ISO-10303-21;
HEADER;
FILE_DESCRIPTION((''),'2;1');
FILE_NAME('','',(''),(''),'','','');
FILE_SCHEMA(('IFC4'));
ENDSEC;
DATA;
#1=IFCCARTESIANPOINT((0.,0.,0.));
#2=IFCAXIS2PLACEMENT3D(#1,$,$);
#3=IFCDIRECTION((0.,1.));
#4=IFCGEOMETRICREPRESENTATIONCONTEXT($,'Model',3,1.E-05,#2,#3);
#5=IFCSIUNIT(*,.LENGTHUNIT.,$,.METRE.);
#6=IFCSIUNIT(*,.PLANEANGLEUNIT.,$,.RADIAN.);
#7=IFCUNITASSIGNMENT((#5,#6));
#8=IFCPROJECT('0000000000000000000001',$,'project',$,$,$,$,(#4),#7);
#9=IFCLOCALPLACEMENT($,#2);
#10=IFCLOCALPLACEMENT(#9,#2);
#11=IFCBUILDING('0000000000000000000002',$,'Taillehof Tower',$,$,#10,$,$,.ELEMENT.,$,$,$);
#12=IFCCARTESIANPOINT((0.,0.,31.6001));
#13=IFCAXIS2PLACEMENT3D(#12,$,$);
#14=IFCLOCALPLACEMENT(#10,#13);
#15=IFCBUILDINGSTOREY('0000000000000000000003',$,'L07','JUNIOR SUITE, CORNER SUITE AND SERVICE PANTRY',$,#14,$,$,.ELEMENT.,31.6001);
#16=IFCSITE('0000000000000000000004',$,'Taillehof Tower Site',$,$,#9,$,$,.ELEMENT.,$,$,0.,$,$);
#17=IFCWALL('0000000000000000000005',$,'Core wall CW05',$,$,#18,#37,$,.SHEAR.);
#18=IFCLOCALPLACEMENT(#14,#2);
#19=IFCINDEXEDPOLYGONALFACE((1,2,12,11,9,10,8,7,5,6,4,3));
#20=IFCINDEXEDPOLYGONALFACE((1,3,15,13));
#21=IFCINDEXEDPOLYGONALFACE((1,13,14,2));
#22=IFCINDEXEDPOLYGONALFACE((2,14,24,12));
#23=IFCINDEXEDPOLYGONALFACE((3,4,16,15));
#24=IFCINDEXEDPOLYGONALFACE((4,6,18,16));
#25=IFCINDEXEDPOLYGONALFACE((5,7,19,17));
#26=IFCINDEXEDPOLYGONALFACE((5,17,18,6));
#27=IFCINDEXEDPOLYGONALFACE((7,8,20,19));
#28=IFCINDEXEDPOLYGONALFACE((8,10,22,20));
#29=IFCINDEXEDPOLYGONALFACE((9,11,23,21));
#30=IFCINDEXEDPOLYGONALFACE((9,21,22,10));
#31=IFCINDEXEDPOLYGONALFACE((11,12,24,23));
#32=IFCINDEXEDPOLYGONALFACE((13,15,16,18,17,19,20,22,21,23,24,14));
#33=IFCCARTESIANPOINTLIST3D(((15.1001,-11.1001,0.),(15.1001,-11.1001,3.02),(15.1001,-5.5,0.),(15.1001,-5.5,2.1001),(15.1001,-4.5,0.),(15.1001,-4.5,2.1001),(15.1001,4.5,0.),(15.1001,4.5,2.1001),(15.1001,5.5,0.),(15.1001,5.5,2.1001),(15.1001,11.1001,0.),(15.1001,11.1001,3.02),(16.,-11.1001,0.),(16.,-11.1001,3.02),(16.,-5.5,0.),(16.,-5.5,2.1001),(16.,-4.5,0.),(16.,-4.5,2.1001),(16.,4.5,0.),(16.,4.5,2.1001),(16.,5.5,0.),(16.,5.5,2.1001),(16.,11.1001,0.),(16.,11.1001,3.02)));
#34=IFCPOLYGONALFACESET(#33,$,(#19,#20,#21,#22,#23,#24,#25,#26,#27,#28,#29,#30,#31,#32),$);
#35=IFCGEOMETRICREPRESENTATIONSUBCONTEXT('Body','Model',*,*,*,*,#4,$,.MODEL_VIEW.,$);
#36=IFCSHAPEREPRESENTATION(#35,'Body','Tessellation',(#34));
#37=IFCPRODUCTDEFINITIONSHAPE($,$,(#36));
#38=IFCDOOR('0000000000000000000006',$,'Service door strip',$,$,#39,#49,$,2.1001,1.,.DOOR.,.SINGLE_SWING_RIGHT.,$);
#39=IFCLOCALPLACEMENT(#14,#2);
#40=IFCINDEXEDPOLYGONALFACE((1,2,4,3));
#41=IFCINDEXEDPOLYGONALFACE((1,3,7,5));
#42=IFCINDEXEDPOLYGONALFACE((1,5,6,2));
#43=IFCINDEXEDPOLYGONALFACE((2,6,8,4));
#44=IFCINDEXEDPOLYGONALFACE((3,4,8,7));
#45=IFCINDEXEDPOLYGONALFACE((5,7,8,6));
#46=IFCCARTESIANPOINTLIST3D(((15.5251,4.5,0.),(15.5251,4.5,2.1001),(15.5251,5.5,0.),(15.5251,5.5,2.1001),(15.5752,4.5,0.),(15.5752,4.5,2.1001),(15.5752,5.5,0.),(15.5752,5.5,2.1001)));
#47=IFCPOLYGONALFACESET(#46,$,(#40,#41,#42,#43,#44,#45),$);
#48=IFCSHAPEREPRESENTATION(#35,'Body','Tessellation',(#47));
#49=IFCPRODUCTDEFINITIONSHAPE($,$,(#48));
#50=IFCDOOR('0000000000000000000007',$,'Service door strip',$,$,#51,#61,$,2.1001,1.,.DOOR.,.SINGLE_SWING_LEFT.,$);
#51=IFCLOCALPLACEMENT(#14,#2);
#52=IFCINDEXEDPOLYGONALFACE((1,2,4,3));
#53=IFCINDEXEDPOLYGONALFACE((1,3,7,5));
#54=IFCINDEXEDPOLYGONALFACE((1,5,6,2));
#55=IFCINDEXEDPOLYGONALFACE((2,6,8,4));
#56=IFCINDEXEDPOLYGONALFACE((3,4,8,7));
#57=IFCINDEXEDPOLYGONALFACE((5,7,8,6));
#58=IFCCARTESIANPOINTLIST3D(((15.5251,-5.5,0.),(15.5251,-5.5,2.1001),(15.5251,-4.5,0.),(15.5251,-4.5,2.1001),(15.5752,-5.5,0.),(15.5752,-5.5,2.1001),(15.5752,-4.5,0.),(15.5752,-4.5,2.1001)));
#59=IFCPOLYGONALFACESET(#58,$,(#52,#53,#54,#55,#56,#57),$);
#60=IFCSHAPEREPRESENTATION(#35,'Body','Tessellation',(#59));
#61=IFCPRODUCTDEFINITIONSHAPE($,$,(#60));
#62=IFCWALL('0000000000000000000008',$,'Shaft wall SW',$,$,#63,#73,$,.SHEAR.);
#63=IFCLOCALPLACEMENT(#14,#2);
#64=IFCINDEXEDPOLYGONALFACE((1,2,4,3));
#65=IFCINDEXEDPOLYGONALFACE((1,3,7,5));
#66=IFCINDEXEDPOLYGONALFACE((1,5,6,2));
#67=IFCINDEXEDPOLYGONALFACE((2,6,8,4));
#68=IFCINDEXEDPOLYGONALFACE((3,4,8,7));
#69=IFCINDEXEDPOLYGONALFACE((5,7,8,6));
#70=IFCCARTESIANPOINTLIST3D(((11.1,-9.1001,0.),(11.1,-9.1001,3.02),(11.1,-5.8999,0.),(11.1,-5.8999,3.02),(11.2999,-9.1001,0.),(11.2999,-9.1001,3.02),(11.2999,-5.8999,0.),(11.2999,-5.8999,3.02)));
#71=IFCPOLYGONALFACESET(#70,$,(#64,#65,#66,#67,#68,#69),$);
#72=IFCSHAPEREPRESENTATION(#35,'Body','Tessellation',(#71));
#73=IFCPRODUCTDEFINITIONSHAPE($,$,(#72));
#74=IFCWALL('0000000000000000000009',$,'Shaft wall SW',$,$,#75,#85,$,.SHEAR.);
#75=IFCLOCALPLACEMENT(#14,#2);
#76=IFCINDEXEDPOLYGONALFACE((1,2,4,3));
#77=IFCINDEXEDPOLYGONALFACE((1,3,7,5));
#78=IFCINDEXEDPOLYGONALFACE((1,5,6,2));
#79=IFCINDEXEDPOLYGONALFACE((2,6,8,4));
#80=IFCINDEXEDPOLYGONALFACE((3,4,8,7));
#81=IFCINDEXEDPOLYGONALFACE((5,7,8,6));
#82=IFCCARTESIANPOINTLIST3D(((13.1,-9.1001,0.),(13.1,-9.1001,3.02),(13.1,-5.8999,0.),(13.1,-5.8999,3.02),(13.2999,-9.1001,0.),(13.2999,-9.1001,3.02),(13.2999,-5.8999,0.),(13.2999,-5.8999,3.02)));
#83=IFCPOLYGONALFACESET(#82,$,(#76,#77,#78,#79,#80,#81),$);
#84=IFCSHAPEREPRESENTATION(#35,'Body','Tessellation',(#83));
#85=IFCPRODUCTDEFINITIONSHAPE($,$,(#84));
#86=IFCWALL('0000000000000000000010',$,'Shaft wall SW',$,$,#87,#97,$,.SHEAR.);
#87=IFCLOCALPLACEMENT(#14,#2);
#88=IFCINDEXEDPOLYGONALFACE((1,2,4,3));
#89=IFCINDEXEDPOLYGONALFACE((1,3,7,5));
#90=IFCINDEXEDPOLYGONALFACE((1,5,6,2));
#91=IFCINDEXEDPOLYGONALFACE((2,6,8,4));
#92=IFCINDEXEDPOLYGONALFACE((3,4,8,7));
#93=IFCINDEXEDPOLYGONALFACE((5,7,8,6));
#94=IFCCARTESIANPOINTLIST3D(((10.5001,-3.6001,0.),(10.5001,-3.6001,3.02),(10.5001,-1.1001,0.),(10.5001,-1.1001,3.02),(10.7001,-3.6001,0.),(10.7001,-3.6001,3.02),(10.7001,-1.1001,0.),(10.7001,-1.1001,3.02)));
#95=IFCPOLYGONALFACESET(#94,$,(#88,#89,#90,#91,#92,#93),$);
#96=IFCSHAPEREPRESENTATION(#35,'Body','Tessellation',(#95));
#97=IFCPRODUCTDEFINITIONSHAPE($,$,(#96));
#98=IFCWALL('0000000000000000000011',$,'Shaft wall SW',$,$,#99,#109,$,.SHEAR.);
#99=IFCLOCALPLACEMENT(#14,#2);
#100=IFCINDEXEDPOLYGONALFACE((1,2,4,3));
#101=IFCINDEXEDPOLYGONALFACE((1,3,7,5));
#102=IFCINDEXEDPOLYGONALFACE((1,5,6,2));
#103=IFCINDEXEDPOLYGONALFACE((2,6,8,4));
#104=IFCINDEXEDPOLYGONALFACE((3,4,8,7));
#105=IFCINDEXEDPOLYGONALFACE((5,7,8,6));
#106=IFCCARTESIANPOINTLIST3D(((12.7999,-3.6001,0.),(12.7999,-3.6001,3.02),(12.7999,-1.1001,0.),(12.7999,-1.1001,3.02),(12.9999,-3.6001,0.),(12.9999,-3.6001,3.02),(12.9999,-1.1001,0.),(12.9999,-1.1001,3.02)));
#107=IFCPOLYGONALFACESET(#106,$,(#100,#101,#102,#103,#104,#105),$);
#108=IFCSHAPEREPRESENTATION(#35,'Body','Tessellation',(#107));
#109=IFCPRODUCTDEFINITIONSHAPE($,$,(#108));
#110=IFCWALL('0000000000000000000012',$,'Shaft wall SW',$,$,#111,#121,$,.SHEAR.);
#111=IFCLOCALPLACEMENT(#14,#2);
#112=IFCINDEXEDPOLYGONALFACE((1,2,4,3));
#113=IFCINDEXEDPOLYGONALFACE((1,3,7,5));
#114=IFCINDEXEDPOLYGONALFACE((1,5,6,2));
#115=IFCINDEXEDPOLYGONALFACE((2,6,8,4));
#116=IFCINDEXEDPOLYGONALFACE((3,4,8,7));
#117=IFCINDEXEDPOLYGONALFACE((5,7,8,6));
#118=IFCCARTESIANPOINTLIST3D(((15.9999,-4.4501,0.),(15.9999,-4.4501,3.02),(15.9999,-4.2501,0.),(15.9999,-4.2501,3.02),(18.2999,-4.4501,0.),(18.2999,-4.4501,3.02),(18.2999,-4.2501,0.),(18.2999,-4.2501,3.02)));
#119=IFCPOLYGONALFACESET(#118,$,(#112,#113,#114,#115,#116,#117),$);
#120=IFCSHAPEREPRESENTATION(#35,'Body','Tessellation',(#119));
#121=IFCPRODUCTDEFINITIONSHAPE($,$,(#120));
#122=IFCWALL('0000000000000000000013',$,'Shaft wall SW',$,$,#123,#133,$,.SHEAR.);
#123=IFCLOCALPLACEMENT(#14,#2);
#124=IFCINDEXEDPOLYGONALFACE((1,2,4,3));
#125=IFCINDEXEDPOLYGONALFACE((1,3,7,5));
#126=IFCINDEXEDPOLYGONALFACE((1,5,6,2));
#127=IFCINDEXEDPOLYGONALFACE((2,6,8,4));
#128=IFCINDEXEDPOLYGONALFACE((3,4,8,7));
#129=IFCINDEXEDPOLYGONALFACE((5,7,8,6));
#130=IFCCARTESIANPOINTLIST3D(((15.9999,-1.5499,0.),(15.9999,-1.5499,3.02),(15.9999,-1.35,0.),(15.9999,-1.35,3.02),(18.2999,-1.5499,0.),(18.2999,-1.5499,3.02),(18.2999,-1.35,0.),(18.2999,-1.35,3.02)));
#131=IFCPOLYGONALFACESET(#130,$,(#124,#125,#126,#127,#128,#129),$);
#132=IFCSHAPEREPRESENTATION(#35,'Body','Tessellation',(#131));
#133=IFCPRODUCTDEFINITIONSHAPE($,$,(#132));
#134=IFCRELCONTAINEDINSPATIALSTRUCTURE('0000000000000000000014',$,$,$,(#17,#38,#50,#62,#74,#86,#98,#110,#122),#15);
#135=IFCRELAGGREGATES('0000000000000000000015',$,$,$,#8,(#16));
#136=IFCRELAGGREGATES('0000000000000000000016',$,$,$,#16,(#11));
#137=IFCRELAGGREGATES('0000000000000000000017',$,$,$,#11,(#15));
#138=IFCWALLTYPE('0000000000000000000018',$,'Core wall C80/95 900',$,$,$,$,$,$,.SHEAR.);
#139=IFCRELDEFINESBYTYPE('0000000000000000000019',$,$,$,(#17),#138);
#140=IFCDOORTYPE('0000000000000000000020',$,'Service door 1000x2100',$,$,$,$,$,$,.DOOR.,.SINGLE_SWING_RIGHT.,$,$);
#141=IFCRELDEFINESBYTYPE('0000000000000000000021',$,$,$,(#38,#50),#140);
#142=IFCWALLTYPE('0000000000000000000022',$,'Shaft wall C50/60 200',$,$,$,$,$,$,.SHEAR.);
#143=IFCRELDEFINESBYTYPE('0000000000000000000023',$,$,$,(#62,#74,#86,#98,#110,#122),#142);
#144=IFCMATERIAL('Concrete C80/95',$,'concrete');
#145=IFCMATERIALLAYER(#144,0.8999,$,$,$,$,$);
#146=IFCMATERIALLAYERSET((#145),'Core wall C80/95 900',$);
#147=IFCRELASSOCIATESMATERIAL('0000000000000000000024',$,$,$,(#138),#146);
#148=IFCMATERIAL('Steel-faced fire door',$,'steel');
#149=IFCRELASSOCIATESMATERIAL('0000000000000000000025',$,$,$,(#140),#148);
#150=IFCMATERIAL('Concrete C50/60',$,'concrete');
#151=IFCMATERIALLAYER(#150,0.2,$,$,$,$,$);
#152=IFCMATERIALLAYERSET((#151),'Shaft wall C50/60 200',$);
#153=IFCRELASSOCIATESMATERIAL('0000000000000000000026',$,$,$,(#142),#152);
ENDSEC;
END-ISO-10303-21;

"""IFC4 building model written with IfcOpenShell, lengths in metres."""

from ifc_helpers import new_model, si_unit, direction, frame, frame_2d, origin, place, context, subcontext, project, spatial, rectangle, extrude, material, layer, layer_set, type_object, element, fill, save


model = new_model("IFC4")

# Units and contexts
model_context = context("Model", 3, precision=1e-05, world=origin(), true_north=direction((0.0, 1.0)))
body_context = subcontext(model_context, "Body", "Model", "MODEL_VIEW")
ifc_project = project(units=[si_unit("LENGTHUNIT", "METRE"), si_unit("PLANEANGLEUNIT", "RADIAN")], contexts=[model_context])

# Site, building, storey
site_placement = place(None, origin())
site = spatial("IfcSite", under=ifc_project, at=site_placement, Name="Taillehof Tower Site", CompositionType="ELEMENT", RefElevation=0.0)
building_placement = place(site_placement, origin())
building = spatial("IfcBuilding", under=site, at=building_placement, Name="Taillehof Tower", CompositionType="ELEMENT")
storey_placement = place(building_placement, frame((0.0, 0.0, 31.6001)))
storey = spatial("IfcBuildingStorey", under=building, at=storey_placement, Name="L07", Description="JUNIOR SUITE, CORNER SUITE AND SERVICE PANTRY", CompositionType="ELEMENT", Elevation=31.6001)

# Wall, openings, doors
ifc_material_1 = material(Name="Concrete C80/95", Category="concrete")
ifc_layer_1 = layer(ifc_material_1, 0.8999)
ifc_layer_set_1 = layer_set([ifc_layer_1], Name="Core wall C80/95 900")
wall_type_1 = type_object("IfcWallType", Name="Core wall C80/95 900", PredefinedType="SHEAR", material=ifc_layer_set_1)
wall_1_placement = place(storey_placement, frame((15.55, -11.1001, 0.0), z_axis=(0.0, 0.0, 1.0), x_axis=(0.0, 1.0, 0.0)))
wall_1 = element("IfcWall", 1, at=wall_1_placement, inside=storey, type_object=wall_type_1, Name="Core wall CW05", PredefinedType="SHEAR", context=body_context, shape_type="SweptSolid", body=[
    extrude(rectangle(XDim=22.2002, YDim=0.8999, at=frame_2d((11.1001, 0.0))), origin(), (0.0, 0.0, 1.0), 3.02),
])
opening_1_placement = place(wall_1_placement, frame((15.6001, 0.0, 0.0)))
opening_1 = element("IfcOpeningElement", 2, at=opening_1_placement, cuts=wall_1, PredefinedType="OPENING", context=body_context, shape_type="SweptSolid", body=[
    extrude(rectangle(XDim=1.0, YDim=2.1001, at=frame_2d((0.5, 1.05))), frame((0.0, 0.46, 0.0), z_axis=(0.0, -1.0, 0.0), x_axis=(1.0, 0.0, 0.0)), (0.0, 0.0, 1.0), 0.9199),
])
opening_2_placement = place(wall_1_placement, frame((5.6001, 0.0, 0.0)))
opening_2 = element("IfcOpeningElement", 3, at=opening_2_placement, cuts=wall_1, PredefinedType="OPENING", context=body_context, shape_type="SweptSolid", body=[
    extrude(rectangle(XDim=1.0, YDim=2.1001, at=frame_2d((0.5, 1.05))), frame((0.0, 0.46, 0.0), z_axis=(0.0, -1.0, 0.0), x_axis=(1.0, 0.0, 0.0)), (0.0, 0.0, 1.0), 0.9199),
])
ifc_material_2 = material(Name="Steel-faced fire door", Category="steel")
door_type_1 = type_object("IfcDoorType", Name="Service door 1000x2100", OperationType="SINGLE_SWING_RIGHT", PredefinedType="DOOR", material=ifc_material_2)
door_1_placement = place(opening_1_placement, origin())
door_1 = element("IfcDoor", 4, at=door_1_placement, inside=storey, type_object=door_type_1, Name="Service door strip", OperationType="SINGLE_SWING_RIGHT", OverallHeight=2.1001, OverallWidth=1.0, PredefinedType="DOOR", context=body_context, shape_type="SweptSolid", body=[
    extrude(rectangle(XDim=1.0, YDim=2.1001, at=frame_2d((0.5, 1.05))), frame((0.0, 0.0249, 0.0), z_axis=(0.0, -1.0, 0.0), x_axis=(1.0, 0.0, 0.0)), (0.0, 0.0, 1.0), 0.05),
])
fill(opening_1, door_1)
door_2_placement = place(opening_2_placement, origin())
door_2 = element("IfcDoor", 5, at=door_2_placement, inside=storey, type_object=door_type_1, Name="Service door strip", OperationType="SINGLE_SWING_LEFT", OverallHeight=2.1001, OverallWidth=1.0, PredefinedType="DOOR", context=body_context, shape_type="SweptSolid", body=[
    extrude(rectangle(XDim=1.0, YDim=2.1001, at=frame_2d((0.5, 1.05))), frame((0.0, 0.0249, 0.0), z_axis=(0.0, -1.0, 0.0), x_axis=(1.0, 0.0, 0.0)), (0.0, 0.0, 1.0), 0.05),
])
fill(opening_2, door_2)

# Walls
ifc_material_3 = material(Name="Concrete C50/60", Category="concrete")
ifc_layer_2 = layer(ifc_material_3, 0.2)
ifc_layer_set_2 = layer_set([ifc_layer_2], Name="Shaft wall C50/60 200")
wall_type_2 = type_object("IfcWallType", Name="Shaft wall C50/60 200", PredefinedType="SHEAR", material=ifc_layer_set_2)
for number, where, z_axis, x_axis, name in (
    (6, (11.2, -9.1001, 0.0), (0.0, 0.0, 1.0), (0.0, 1.0, 0.0), "Shaft wall SW"),
    (7, (13.2, -9.1001, 0.0), (0.0, 0.0, 1.0), (0.0, 1.0, 0.0), "Shaft wall SW"),
):
    element("IfcWall", number, at=place(storey_placement, frame(where, z_axis=z_axis, x_axis=x_axis)), inside=storey, type_object=wall_type_2, Name=name, PredefinedType="SHEAR", context=body_context, shape_type="SweptSolid", body=[
        extrude(rectangle(XDim=3.2002, YDim=0.2, at=frame_2d((1.6001, 0.0))), origin(), (0.0, 0.0, 1.0), 3.02),
    ])
for number, where, z_axis, x_axis, name in (
    (8, (10.6001, -3.6001, 0.0), (0.0, 0.0, 1.0), (0.0, 1.0, 0.0), "Shaft wall SW"),
    (9, (12.8999, -3.6001, 0.0), (0.0, 0.0, 1.0), (0.0, 1.0, 0.0), "Shaft wall SW"),
):
    element("IfcWall", number, at=place(storey_placement, frame(where, z_axis=z_axis, x_axis=x_axis)), inside=storey, type_object=wall_type_2, Name=name, PredefinedType="SHEAR", context=body_context, shape_type="SweptSolid", body=[
        extrude(rectangle(XDim=2.5, YDim=0.2, at=frame_2d((1.25, 0.0))), origin(), (0.0, 0.0, 1.0), 3.02),
    ])
for number, where, z_axis, x_axis, name in (
    (10, (16.0, -4.3501, 0.0), (0.0, 0.0, 1.0), (1.0, 0.0, 0.0), "Shaft wall SW"),
    (11, (16.0, -1.45, 0.0), (0.0, 0.0, 1.0), (1.0, 0.0, 0.0), "Shaft wall SW"),
):
    element("IfcWall", number, at=place(storey_placement, frame(where, z_axis=z_axis, x_axis=x_axis)), inside=storey, type_object=wall_type_2, Name=name, PredefinedType="SHEAR", context=body_context, shape_type="SweptSolid", body=[
        extrude(rectangle(XDim=2.3, YDim=0.2, at=frame_2d((1.1499, 0.0))), origin(), (0.0, 0.0, 1.0), 3.02),
    ])

save(model, "model.ifc")
